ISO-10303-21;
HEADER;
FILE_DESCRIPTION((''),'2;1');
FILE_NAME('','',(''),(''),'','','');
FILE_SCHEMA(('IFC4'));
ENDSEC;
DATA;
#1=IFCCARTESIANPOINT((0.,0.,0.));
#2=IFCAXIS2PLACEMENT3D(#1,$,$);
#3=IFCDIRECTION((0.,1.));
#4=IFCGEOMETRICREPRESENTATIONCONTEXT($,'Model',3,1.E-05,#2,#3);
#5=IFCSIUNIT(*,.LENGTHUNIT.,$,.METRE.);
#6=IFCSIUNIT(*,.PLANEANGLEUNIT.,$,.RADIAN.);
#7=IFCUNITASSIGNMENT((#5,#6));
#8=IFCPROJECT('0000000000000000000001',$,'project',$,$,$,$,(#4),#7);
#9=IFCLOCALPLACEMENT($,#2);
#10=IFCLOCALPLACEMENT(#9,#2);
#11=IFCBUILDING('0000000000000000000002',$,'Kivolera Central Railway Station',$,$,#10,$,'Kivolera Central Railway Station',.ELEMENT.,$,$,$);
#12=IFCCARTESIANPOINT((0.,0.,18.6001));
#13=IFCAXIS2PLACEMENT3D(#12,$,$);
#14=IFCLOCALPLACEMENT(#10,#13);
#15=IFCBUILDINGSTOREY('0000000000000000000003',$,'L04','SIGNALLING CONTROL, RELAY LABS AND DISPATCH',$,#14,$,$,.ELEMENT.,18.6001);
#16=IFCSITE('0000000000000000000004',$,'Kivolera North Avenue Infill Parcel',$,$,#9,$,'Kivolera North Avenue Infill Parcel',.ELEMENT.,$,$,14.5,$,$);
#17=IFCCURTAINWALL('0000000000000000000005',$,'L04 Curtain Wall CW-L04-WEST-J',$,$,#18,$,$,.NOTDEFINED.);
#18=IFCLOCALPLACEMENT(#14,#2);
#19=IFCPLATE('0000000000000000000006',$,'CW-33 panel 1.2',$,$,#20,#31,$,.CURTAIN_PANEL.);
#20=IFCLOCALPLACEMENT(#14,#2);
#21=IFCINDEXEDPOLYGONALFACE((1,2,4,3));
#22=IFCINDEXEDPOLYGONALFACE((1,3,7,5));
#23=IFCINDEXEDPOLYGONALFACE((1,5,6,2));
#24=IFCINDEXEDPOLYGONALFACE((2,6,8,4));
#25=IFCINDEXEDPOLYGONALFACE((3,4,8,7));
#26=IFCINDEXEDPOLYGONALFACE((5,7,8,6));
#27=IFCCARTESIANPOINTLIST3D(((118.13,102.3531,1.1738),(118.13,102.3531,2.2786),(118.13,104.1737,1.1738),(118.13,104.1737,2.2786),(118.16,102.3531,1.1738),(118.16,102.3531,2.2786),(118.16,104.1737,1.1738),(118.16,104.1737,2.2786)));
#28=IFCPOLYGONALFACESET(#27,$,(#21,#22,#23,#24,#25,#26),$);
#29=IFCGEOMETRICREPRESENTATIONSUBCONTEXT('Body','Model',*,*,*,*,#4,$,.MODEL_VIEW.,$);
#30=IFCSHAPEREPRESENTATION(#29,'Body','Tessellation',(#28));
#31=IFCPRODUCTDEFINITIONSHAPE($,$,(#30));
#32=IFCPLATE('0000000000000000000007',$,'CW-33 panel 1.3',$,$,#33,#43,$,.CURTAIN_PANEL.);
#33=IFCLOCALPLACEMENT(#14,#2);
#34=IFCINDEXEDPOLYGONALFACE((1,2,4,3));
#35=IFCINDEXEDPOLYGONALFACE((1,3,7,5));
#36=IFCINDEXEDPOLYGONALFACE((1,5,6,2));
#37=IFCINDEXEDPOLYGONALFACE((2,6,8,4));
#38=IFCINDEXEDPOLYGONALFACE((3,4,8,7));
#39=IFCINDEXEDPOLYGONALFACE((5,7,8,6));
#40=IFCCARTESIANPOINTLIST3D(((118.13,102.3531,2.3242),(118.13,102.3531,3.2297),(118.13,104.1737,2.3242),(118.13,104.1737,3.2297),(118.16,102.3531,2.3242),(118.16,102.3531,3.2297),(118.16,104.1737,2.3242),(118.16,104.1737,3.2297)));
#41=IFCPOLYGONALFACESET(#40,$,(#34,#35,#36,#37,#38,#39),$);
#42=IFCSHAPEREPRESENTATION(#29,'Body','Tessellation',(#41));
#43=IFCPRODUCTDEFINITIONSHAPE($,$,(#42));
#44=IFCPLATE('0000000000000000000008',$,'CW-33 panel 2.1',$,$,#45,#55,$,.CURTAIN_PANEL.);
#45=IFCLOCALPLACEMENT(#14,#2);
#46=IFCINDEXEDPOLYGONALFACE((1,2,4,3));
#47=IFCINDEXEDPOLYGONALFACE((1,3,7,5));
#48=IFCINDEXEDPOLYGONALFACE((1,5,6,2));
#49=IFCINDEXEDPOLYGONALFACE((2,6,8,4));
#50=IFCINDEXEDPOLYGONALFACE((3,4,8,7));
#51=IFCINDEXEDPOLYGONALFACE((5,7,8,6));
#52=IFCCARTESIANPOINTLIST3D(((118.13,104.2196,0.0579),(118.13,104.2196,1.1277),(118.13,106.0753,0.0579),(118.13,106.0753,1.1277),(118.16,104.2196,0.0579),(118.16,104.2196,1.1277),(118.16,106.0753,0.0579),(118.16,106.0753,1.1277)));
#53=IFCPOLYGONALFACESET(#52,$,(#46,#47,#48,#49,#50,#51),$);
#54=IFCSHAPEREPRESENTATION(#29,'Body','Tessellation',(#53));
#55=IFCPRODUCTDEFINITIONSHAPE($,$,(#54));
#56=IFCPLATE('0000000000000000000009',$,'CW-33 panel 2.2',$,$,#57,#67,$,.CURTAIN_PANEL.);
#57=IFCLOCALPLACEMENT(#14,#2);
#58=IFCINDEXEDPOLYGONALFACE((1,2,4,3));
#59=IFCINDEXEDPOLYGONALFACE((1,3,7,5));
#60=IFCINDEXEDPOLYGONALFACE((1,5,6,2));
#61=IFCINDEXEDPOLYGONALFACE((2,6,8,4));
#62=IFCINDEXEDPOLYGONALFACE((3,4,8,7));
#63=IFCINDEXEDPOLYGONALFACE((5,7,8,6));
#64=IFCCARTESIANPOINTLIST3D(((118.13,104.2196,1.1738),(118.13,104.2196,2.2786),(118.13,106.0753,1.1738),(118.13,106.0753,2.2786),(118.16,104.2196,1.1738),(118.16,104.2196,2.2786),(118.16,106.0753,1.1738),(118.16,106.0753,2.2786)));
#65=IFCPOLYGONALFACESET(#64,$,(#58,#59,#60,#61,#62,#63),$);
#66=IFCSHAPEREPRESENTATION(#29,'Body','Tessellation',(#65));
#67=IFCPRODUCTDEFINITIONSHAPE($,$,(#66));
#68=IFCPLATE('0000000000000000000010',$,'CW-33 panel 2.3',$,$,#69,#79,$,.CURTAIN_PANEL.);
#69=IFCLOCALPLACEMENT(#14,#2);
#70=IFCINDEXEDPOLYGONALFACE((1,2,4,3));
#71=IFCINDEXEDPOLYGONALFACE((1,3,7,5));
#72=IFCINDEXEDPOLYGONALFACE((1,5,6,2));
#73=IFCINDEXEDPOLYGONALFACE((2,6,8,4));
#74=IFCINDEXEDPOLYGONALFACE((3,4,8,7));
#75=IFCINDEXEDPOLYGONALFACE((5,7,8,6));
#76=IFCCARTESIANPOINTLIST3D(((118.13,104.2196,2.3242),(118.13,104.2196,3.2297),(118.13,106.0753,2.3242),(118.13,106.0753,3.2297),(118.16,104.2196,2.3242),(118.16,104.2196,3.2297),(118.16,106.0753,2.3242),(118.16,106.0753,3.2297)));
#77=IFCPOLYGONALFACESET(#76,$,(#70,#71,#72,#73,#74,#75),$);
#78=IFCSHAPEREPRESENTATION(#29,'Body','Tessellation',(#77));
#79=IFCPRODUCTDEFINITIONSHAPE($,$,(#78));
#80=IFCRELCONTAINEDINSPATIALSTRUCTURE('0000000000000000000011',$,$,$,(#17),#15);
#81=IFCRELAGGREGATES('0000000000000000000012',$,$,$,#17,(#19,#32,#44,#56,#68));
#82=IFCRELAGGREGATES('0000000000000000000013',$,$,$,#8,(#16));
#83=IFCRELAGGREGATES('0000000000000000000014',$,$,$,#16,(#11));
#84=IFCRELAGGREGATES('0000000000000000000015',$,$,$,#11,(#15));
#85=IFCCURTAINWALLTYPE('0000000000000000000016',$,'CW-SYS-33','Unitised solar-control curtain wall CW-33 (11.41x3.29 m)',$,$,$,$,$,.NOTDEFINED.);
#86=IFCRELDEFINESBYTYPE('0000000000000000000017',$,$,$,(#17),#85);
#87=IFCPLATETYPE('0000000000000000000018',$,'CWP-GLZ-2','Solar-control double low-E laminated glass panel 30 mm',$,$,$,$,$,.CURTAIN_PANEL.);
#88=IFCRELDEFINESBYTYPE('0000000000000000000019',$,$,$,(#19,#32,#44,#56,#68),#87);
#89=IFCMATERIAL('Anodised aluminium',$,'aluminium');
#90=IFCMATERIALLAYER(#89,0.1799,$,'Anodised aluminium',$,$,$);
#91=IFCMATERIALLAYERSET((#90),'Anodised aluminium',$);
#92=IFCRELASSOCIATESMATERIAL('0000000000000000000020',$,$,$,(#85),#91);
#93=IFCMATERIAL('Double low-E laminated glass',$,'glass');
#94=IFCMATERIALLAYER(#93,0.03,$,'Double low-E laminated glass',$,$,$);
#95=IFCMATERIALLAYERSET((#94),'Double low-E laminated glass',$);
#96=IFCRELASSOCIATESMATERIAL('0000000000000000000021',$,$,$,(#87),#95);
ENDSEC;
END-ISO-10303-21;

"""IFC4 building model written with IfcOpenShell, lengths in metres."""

from ifc_helpers import new_model, si_unit, direction, frame, origin, origin_2d, place, context, subcontext, project, spatial, rectangle, extrude, material, layer, layer_set, type_object, element, aggregate, save


model = new_model("IFC4")

# Units and contexts
model_context = context("Model", 3, precision=1e-05, world=origin(), true_north=direction((0.0, 1.0)))
body_context = subcontext(model_context, "Body", "Model", "MODEL_VIEW")
ifc_project = project(units=[si_unit("LENGTHUNIT", "METRE"), si_unit("PLANEANGLEUNIT", "RADIAN")], contexts=[model_context])

# Site, building, storey
site_placement = place(None, origin())
site = spatial("IfcSite", under=ifc_project, at=site_placement, Name="Kivolera North Avenue Infill Parcel", LongName="Kivolera North Avenue Infill Parcel", CompositionType="ELEMENT", RefElevation=14.5)
building_placement = place(site_placement, origin())
building = spatial("IfcBuilding", under=site, at=building_placement, Name="Kivolera Central Railway Station", LongName="Kivolera Central Railway Station", CompositionType="ELEMENT")
storey_placement = place(building_placement, frame((0.0, 0.0, 18.6001)))
storey = spatial("IfcBuildingStorey", under=building, at=storey_placement, Name="L04", Description="SIGNALLING CONTROL, RELAY LABS AND DISPATCH", CompositionType="ELEMENT", Elevation=18.6001)

# Curtain wall
ifc_material_1 = material(Name="Anodised aluminium", Category="aluminium")
ifc_layer_1 = layer(ifc_material_1, 0.1799, Name="Anodised aluminium")
ifc_layer_set_1 = layer_set([ifc_layer_1], Name="Anodised aluminium")
curtain_wall_type = type_object("IfcCurtainWallType", Name="CW-SYS-33", Description="Unitised solar-control curtain wall CW-33 (11.41x3.29 m)", PredefinedType="NOTDEFINED", material=ifc_layer_set_1)
curtain_wall_1_placement = place(storey_placement, origin())
curtain_wall_1 = element("IfcCurtainWall", 1, at=curtain_wall_1_placement, inside=storey, type_object=curtain_wall_type, Name="L04 Curtain Wall CW-L04-WEST-J", PredefinedType="NOTDEFINED")

# Plates
ifc_material_2 = material(Name="Double low-E laminated glass", Category="glass")
ifc_layer_2 = layer(ifc_material_2, 0.03, Name="Double low-E laminated glass")
ifc_layer_set_2 = layer_set([ifc_layer_2], Name="Double low-E laminated glass")
plate_type = type_object("IfcPlateType", Name="CWP-GLZ-2", Description="Solar-control double low-E laminated glass panel 30 mm", PredefinedType="CURTAIN_PANEL", material=ifc_layer_set_2)
plate_1_placement = place(storey_placement, frame((118.145, 103.2634, 1.1738), z_axis=(0.0, 0.0, 1.0), x_axis=(0.0, 1.0, 0.0)))
plate_1 = element("IfcPlate", 2, at=plate_1_placement, type_object=plate_type, Name="CW-33 panel 1.2", PredefinedType="CURTAIN_PANEL", context=body_context, shape_type="SweptSolid", body=[
    extrude(rectangle(XDim=1.8206, YDim=0.03, at=origin_2d()), origin(), (0.0, 0.0, 1.0), 1.1047),
])
plate_2_placement = place(storey_placement, frame((118.145, 103.2634, 2.3242), z_axis=(0.0, 0.0, 1.0), x_axis=(0.0, 1.0, 0.0)))
plate_2 = element("IfcPlate", 3, at=plate_2_placement, type_object=plate_type, Name="CW-33 panel 1.3", PredefinedType="CURTAIN_PANEL", context=body_context, shape_type="SweptSolid", body=[
    extrude(rectangle(XDim=1.8206, YDim=0.03, at=origin_2d()), origin(), (0.0, 0.0, 1.0), 0.9055),
])
plate_3_placement = place(storey_placement, frame((118.145, 105.1475, 0.0579), z_axis=(0.0, 0.0, 1.0), x_axis=(0.0, 1.0, 0.0)))
plate_3 = element("IfcPlate", 4, at=plate_3_placement, type_object=plate_type, Name="CW-33 panel 2.1", PredefinedType="CURTAIN_PANEL", context=body_context, shape_type="SweptSolid", body=[
    extrude(rectangle(XDim=1.8557, YDim=0.03, at=origin_2d()), origin(), (0.0, 0.0, 1.0), 1.0698),
])
plate_4_placement = place(storey_placement, frame((118.145, 105.1475, 1.1738), z_axis=(0.0, 0.0, 1.0), x_axis=(0.0, 1.0, 0.0)))
plate_4 = element("IfcPlate", 5, at=plate_4_placement, type_object=plate_type, Name="CW-33 panel 2.2", PredefinedType="CURTAIN_PANEL", context=body_context, shape_type="SweptSolid", body=[
    extrude(rectangle(XDim=1.8557, YDim=0.03, at=origin_2d()), origin(), (0.0, 0.0, 1.0), 1.1047),
])
plate_5_placement = place(storey_placement, frame((118.145, 105.1475, 2.3242), z_axis=(0.0, 0.0, 1.0), x_axis=(0.0, 1.0, 0.0)))
plate_5 = element("IfcPlate", 6, at=plate_5_placement, type_object=plate_type, Name="CW-33 panel 2.3", PredefinedType="CURTAIN_PANEL", context=body_context, shape_type="SweptSolid", body=[
    extrude(rectangle(XDim=1.8557, YDim=0.03, at=origin_2d()), origin(), (0.0, 0.0, 1.0), 0.9055),
])
aggregate(curtain_wall_1, [plate_1, plate_2, plate_3, plate_4, plate_5])

save(model, "model.ifc")
